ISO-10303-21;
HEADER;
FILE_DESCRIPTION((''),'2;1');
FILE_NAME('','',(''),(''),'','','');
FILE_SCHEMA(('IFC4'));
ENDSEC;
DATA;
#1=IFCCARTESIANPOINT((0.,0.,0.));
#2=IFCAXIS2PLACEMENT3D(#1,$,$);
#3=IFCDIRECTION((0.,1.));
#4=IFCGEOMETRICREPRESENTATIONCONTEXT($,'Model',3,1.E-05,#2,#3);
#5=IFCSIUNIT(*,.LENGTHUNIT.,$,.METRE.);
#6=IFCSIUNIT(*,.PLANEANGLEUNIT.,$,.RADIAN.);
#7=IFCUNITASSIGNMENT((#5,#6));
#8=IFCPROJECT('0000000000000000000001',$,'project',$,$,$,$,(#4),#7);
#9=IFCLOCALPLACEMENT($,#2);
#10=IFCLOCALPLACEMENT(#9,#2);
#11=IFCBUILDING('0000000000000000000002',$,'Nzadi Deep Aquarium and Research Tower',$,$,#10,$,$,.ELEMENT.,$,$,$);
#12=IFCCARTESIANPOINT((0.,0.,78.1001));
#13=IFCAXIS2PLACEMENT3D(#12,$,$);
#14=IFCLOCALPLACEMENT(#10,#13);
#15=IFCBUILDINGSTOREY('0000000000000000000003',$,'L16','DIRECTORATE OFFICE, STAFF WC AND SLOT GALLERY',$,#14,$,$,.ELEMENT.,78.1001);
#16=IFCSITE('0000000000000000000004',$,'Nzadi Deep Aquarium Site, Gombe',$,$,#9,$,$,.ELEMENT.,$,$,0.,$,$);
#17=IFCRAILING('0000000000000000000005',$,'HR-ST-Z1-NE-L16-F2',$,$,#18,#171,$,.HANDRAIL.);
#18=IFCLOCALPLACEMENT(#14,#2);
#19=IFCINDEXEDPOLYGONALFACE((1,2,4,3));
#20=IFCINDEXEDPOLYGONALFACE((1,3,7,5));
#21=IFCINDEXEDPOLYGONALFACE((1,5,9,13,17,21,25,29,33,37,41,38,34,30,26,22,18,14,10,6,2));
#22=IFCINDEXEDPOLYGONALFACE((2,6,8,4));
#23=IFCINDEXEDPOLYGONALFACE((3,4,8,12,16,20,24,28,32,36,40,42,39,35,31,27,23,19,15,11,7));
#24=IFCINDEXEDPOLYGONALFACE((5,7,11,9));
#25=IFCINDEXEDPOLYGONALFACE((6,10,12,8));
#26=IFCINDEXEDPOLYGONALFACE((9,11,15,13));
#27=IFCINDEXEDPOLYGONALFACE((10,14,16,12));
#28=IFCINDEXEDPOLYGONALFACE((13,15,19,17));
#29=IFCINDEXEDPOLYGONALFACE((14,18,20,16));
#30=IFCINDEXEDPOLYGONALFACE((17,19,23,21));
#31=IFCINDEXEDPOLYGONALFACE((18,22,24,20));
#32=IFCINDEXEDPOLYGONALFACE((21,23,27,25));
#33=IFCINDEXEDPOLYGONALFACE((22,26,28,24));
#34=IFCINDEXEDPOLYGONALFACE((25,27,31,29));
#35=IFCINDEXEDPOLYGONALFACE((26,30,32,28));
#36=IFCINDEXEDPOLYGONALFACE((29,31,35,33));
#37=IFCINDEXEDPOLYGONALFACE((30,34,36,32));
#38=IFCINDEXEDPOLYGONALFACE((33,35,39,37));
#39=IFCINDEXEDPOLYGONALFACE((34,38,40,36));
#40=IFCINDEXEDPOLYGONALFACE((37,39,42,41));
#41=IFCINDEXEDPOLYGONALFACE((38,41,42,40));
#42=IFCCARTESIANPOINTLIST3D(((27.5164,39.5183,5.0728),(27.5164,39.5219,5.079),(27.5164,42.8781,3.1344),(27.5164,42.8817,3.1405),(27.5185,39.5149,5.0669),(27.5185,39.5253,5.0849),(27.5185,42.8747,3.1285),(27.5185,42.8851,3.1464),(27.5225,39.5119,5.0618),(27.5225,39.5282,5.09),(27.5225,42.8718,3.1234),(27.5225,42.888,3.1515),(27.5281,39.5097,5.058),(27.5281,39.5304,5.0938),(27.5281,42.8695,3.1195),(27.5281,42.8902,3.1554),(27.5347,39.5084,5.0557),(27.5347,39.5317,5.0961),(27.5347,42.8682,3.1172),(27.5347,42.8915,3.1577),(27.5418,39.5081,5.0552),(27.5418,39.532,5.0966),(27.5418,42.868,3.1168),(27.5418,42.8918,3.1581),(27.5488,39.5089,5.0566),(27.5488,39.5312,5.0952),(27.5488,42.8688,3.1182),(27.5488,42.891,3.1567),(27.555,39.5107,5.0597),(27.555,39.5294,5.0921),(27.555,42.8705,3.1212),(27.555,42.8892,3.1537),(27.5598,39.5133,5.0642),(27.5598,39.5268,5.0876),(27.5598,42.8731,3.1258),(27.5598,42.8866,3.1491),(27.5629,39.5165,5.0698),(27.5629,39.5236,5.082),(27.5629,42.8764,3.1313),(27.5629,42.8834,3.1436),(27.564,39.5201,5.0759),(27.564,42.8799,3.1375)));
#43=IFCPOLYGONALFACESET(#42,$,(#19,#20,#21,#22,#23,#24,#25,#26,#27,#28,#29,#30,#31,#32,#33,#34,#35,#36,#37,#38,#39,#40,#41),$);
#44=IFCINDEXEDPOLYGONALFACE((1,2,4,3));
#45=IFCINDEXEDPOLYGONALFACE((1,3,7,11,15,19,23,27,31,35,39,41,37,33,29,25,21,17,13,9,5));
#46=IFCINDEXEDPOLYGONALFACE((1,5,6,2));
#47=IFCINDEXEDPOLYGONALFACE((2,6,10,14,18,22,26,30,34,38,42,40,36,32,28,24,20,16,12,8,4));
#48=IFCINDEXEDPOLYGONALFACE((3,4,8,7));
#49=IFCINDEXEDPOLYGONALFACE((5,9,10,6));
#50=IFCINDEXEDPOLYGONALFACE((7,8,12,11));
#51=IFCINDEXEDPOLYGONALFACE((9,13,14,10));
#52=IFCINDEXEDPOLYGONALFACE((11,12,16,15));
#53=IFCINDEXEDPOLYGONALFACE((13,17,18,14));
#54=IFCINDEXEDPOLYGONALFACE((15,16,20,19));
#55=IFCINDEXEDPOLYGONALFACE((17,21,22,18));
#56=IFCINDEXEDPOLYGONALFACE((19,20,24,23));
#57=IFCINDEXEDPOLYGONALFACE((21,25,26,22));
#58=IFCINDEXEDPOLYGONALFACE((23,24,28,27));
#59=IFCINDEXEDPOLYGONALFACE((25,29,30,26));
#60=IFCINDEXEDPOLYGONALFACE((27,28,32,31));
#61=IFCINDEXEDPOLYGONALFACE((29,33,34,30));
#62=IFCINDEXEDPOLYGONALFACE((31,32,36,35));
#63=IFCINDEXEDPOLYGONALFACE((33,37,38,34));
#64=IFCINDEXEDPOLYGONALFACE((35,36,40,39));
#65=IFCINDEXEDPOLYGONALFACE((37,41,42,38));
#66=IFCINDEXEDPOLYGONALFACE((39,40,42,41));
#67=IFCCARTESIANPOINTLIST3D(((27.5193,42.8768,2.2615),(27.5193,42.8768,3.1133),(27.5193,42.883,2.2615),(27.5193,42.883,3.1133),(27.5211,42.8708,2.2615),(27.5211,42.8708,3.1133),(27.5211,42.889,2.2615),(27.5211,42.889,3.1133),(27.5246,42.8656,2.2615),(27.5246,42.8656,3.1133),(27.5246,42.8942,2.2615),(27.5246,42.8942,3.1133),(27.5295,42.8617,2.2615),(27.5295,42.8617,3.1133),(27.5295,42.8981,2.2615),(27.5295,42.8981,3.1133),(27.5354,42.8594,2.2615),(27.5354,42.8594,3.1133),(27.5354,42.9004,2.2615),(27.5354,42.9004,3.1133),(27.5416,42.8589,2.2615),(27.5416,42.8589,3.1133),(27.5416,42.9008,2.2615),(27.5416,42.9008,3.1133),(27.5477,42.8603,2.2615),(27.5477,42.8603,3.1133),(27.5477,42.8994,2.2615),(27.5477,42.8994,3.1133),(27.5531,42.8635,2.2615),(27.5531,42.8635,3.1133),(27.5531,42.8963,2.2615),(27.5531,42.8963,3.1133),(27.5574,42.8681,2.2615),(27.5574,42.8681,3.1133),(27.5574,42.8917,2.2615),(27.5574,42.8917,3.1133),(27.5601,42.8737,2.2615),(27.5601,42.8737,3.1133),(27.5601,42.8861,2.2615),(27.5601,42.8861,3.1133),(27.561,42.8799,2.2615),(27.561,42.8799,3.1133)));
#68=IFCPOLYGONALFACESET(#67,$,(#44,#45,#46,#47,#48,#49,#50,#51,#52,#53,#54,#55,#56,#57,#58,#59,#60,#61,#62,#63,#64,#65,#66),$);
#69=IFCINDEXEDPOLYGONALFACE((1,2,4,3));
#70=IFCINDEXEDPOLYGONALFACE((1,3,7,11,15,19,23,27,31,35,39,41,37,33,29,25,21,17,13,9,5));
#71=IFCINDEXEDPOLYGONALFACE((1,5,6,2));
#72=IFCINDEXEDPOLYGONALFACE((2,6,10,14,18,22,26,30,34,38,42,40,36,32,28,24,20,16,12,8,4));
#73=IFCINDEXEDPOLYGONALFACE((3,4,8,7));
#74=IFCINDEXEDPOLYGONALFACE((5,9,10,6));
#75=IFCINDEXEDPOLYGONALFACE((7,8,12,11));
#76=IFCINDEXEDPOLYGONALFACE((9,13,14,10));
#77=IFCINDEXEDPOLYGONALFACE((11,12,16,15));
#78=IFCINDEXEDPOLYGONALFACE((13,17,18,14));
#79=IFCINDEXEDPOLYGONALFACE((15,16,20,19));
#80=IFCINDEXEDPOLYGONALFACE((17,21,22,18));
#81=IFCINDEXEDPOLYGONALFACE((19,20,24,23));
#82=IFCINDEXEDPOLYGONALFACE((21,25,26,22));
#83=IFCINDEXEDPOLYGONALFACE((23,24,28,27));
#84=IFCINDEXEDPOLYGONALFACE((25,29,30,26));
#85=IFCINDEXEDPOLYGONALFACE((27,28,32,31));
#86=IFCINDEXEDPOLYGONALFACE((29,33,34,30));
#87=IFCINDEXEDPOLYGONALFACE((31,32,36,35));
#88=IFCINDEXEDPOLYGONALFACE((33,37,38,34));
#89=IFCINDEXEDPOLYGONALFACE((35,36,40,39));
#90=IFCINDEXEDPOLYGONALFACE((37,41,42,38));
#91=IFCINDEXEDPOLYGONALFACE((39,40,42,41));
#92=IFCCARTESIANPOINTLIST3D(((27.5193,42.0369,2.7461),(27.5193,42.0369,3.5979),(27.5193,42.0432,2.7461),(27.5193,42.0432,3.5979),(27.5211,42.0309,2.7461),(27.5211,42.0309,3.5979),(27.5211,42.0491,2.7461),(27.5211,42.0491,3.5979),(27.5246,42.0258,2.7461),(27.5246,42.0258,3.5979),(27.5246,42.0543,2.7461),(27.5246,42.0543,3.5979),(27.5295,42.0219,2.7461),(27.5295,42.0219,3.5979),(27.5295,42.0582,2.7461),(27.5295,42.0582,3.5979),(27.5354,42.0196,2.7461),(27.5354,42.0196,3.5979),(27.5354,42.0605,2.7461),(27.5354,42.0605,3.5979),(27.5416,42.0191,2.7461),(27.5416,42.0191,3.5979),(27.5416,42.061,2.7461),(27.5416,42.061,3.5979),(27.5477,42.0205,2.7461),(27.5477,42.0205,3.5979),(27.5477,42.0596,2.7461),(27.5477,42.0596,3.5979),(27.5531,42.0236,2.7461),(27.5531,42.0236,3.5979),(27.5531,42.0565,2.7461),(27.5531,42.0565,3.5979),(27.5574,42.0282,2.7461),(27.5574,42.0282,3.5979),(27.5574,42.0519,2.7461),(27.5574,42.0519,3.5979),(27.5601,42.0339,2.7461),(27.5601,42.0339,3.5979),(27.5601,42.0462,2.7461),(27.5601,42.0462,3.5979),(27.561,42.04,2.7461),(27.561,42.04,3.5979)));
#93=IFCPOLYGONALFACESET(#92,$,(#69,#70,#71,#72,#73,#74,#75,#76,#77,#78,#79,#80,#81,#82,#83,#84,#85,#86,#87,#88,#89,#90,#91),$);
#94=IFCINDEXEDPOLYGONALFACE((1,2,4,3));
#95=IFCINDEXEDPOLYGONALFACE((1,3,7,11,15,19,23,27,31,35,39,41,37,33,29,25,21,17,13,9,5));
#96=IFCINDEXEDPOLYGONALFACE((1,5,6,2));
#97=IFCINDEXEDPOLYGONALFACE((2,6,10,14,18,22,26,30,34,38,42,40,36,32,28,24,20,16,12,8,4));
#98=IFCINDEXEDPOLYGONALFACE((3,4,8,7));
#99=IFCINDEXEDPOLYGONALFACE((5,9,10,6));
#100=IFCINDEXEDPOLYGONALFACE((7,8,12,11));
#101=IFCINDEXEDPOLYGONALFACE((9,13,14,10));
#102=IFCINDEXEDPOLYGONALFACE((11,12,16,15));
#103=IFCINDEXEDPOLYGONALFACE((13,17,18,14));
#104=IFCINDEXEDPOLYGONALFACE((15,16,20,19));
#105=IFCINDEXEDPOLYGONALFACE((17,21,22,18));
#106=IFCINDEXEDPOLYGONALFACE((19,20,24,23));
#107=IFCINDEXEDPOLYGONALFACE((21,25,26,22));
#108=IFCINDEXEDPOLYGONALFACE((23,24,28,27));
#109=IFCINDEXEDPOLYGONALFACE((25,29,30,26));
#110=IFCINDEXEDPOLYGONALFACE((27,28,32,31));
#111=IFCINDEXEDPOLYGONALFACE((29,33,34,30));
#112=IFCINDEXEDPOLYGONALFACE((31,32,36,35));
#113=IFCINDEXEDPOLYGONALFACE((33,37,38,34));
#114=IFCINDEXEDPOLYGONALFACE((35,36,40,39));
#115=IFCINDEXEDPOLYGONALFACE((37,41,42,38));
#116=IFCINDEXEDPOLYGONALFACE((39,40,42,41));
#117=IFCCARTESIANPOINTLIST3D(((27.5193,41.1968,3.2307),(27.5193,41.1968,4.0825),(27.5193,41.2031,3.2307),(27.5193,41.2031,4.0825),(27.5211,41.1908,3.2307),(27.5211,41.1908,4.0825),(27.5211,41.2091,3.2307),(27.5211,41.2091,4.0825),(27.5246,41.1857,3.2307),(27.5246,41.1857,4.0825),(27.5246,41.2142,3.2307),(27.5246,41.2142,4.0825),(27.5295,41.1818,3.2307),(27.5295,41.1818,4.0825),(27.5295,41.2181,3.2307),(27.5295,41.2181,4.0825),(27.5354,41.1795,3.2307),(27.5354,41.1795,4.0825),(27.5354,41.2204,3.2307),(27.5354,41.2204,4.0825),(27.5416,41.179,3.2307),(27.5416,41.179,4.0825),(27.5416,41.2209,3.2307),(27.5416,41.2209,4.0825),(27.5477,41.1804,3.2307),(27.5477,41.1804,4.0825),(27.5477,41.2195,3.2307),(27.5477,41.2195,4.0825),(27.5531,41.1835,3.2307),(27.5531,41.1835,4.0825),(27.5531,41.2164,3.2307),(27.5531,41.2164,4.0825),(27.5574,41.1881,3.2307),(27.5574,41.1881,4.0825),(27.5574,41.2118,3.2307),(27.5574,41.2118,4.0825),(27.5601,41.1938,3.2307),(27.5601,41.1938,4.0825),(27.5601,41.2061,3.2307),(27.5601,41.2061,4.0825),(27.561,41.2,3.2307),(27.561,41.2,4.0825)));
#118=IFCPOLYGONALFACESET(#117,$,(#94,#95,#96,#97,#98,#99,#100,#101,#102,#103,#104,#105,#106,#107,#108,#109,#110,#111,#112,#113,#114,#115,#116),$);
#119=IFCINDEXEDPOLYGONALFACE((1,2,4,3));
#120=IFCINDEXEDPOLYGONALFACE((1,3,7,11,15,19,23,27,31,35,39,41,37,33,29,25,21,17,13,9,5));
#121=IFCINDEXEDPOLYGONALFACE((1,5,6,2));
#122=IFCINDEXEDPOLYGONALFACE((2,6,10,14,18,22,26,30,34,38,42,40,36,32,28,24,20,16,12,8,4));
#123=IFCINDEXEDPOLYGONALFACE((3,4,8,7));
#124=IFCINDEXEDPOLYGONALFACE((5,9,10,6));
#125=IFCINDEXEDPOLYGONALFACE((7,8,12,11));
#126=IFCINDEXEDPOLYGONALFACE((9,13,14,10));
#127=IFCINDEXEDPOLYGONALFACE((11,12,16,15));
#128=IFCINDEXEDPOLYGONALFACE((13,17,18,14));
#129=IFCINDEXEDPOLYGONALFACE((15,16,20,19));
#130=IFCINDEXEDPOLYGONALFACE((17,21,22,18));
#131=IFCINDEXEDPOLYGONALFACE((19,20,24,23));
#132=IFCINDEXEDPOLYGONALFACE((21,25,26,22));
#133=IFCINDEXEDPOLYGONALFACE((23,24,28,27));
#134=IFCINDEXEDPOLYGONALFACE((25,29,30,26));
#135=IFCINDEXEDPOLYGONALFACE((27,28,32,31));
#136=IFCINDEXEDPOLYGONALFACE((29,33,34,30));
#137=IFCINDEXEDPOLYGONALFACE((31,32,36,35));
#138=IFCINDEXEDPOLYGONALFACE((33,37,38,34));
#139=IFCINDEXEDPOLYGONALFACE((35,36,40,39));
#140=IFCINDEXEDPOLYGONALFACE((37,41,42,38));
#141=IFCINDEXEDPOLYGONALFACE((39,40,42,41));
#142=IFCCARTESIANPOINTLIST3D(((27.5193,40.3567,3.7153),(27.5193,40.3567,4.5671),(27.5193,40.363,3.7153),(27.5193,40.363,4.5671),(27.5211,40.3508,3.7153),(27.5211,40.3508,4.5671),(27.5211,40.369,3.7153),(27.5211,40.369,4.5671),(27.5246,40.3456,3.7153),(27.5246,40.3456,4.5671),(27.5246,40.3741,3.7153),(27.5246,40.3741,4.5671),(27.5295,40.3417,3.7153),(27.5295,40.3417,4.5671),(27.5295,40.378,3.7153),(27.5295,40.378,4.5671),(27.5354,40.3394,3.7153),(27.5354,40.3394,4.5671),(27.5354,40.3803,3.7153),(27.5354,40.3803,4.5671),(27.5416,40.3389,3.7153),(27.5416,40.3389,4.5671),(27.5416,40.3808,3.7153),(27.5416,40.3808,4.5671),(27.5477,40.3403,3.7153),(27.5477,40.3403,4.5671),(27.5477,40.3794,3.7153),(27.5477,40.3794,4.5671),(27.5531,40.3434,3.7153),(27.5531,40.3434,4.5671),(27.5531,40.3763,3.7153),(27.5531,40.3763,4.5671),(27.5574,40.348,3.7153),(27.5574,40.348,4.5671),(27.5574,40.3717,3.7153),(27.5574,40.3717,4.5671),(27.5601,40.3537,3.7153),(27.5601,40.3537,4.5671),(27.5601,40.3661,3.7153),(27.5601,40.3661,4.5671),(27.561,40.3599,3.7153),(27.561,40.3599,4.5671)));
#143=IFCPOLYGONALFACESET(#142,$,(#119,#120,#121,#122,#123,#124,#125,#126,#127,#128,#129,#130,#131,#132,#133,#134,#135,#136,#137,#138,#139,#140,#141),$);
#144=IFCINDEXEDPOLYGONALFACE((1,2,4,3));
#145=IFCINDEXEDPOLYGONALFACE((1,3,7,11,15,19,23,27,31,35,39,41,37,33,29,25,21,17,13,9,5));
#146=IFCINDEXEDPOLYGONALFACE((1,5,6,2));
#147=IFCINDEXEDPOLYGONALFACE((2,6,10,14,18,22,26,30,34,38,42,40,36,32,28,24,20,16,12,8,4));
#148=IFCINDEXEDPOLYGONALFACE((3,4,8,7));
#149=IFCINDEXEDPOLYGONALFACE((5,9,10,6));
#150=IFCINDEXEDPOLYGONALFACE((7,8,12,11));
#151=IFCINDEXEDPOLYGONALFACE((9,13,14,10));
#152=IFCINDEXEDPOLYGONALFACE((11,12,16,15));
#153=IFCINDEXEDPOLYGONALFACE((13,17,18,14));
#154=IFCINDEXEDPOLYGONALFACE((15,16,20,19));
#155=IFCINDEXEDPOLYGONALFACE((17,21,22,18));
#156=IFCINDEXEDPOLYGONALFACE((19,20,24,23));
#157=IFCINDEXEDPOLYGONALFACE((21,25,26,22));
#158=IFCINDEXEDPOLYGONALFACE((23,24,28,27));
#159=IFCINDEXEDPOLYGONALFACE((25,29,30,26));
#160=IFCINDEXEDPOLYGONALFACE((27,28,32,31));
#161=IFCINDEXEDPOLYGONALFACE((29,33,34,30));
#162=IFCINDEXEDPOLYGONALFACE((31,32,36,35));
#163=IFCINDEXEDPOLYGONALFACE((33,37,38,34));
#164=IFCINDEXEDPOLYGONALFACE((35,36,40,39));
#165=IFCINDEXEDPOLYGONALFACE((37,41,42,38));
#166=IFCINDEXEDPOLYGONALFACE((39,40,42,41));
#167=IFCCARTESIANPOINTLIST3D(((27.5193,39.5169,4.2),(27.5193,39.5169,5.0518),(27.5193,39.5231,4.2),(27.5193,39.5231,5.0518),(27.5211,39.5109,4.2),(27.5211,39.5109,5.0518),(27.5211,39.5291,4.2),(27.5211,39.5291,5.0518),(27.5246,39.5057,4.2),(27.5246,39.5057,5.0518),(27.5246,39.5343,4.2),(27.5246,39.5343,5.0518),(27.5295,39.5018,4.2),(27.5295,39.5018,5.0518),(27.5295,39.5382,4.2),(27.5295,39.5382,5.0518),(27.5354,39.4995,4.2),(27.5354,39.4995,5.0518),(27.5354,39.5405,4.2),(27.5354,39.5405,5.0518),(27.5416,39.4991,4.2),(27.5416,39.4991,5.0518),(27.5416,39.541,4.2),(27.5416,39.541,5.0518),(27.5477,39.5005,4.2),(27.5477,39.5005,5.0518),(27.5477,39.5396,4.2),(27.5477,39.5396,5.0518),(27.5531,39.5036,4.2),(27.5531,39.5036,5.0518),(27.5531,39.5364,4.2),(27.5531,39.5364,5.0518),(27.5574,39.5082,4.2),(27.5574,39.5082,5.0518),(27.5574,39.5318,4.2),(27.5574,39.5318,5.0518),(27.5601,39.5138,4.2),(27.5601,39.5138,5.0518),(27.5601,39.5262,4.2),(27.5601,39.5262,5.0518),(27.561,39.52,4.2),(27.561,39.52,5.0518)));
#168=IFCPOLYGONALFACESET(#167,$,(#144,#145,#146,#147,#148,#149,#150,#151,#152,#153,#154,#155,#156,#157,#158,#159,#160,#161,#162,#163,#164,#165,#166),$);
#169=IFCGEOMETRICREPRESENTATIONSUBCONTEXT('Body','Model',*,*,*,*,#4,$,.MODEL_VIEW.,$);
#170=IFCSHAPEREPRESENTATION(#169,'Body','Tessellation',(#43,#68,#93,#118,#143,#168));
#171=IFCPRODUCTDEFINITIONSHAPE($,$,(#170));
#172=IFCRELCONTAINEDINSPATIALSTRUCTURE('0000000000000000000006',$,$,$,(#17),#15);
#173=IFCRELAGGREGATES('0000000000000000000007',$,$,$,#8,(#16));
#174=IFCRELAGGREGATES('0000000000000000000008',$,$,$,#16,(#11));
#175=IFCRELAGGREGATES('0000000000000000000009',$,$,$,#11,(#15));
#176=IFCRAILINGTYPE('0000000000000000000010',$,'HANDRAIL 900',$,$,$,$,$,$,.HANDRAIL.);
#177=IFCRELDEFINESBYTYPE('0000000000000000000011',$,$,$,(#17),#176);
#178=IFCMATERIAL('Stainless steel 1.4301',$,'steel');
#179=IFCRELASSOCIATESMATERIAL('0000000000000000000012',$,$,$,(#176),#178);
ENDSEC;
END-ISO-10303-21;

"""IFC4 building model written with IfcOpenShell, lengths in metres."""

from ifc_helpers import new_model, si_unit, direction, frame, origin, origin_2d, place, context, subcontext, project, spatial, circle, extrude, material, type_object, element, save


model = new_model("IFC4")

# Units and contexts
model_context = context("Model", 3, precision=1e-05, world=origin(), true_north=direction((0.0, 1.0)))
body_context = subcontext(model_context, "Body", "Model", "MODEL_VIEW")
ifc_project = project(units=[si_unit("LENGTHUNIT", "METRE"), si_unit("PLANEANGLEUNIT", "RADIAN")], contexts=[model_context])

# Site, building, storey
site_placement = place(None, origin())
site = spatial("IfcSite", under=ifc_project, at=site_placement, Name="Nzadi Deep Aquarium Site, Gombe", CompositionType="ELEMENT", RefElevation=0.0)
building_placement = place(site_placement, origin())
building = spatial("IfcBuilding", under=site, at=building_placement, Name="Nzadi Deep Aquarium and Research Tower", CompositionType="ELEMENT")
storey_placement = place(building_placement, frame((0.0, 0.0, 78.1001)))
storey = spatial("IfcBuildingStorey", under=building, at=storey_placement, Name="L16", Description="DIRECTORATE OFFICE, STAFF WC AND SLOT GALLERY", CompositionType="ELEMENT", Elevation=78.1001)

# Railing
ifc_material_1 = material(Name="Stainless steel 1.4301", Category="steel")
railing_type = type_object("IfcRailingType", Name="HANDRAIL 900", PredefinedType="HANDRAIL", material=ifc_material_1)
for number, where, name in (
    (1, (27.54, 42.8799, 2.2615), "HR-ST-Z1-NE-L16-F2"),
):
    element("IfcRailing", number, at=place(storey_placement, frame(where)), inside=storey, type_object=railing_type, Name=name, PredefinedType="HANDRAIL", context=body_context, shape_type="SweptSolid", body=[
        extrude(circle(Radius=0.0239, at=origin_2d()), frame((0.0, 0.0, 0.876), z_axis=(0.0, -0.866175, 0.499741), x_axis=(1.0, 0.0, 0.0)), (0.0, 0.0, 1.0), 3.8789),
        extrude(circle(Radius=0.021, at=origin_2d()), origin(), (0.0, 0.0, 1.0), 0.8518),
        extrude(circle(Radius=0.021, at=origin_2d()), frame((0.0, -0.8398, 0.4846)), (0.0, 0.0, 1.0), 0.8518),
        extrude(circle(Radius=0.021, at=origin_2d()), frame((0.0, -1.6799, 0.9692)), (0.0, 0.0, 1.0), 0.8518),
        extrude(circle(Radius=0.021, at=origin_2d()), frame((0.0, -2.52, 1.4539)), (0.0, 0.0, 1.0), 0.8518),
        extrude(circle(Radius=0.021, at=origin_2d()), frame((0.0, -3.3599, 1.9385)), (0.0, 0.0, 1.0), 0.8518),
    ])

save(model, "model.ifc")
